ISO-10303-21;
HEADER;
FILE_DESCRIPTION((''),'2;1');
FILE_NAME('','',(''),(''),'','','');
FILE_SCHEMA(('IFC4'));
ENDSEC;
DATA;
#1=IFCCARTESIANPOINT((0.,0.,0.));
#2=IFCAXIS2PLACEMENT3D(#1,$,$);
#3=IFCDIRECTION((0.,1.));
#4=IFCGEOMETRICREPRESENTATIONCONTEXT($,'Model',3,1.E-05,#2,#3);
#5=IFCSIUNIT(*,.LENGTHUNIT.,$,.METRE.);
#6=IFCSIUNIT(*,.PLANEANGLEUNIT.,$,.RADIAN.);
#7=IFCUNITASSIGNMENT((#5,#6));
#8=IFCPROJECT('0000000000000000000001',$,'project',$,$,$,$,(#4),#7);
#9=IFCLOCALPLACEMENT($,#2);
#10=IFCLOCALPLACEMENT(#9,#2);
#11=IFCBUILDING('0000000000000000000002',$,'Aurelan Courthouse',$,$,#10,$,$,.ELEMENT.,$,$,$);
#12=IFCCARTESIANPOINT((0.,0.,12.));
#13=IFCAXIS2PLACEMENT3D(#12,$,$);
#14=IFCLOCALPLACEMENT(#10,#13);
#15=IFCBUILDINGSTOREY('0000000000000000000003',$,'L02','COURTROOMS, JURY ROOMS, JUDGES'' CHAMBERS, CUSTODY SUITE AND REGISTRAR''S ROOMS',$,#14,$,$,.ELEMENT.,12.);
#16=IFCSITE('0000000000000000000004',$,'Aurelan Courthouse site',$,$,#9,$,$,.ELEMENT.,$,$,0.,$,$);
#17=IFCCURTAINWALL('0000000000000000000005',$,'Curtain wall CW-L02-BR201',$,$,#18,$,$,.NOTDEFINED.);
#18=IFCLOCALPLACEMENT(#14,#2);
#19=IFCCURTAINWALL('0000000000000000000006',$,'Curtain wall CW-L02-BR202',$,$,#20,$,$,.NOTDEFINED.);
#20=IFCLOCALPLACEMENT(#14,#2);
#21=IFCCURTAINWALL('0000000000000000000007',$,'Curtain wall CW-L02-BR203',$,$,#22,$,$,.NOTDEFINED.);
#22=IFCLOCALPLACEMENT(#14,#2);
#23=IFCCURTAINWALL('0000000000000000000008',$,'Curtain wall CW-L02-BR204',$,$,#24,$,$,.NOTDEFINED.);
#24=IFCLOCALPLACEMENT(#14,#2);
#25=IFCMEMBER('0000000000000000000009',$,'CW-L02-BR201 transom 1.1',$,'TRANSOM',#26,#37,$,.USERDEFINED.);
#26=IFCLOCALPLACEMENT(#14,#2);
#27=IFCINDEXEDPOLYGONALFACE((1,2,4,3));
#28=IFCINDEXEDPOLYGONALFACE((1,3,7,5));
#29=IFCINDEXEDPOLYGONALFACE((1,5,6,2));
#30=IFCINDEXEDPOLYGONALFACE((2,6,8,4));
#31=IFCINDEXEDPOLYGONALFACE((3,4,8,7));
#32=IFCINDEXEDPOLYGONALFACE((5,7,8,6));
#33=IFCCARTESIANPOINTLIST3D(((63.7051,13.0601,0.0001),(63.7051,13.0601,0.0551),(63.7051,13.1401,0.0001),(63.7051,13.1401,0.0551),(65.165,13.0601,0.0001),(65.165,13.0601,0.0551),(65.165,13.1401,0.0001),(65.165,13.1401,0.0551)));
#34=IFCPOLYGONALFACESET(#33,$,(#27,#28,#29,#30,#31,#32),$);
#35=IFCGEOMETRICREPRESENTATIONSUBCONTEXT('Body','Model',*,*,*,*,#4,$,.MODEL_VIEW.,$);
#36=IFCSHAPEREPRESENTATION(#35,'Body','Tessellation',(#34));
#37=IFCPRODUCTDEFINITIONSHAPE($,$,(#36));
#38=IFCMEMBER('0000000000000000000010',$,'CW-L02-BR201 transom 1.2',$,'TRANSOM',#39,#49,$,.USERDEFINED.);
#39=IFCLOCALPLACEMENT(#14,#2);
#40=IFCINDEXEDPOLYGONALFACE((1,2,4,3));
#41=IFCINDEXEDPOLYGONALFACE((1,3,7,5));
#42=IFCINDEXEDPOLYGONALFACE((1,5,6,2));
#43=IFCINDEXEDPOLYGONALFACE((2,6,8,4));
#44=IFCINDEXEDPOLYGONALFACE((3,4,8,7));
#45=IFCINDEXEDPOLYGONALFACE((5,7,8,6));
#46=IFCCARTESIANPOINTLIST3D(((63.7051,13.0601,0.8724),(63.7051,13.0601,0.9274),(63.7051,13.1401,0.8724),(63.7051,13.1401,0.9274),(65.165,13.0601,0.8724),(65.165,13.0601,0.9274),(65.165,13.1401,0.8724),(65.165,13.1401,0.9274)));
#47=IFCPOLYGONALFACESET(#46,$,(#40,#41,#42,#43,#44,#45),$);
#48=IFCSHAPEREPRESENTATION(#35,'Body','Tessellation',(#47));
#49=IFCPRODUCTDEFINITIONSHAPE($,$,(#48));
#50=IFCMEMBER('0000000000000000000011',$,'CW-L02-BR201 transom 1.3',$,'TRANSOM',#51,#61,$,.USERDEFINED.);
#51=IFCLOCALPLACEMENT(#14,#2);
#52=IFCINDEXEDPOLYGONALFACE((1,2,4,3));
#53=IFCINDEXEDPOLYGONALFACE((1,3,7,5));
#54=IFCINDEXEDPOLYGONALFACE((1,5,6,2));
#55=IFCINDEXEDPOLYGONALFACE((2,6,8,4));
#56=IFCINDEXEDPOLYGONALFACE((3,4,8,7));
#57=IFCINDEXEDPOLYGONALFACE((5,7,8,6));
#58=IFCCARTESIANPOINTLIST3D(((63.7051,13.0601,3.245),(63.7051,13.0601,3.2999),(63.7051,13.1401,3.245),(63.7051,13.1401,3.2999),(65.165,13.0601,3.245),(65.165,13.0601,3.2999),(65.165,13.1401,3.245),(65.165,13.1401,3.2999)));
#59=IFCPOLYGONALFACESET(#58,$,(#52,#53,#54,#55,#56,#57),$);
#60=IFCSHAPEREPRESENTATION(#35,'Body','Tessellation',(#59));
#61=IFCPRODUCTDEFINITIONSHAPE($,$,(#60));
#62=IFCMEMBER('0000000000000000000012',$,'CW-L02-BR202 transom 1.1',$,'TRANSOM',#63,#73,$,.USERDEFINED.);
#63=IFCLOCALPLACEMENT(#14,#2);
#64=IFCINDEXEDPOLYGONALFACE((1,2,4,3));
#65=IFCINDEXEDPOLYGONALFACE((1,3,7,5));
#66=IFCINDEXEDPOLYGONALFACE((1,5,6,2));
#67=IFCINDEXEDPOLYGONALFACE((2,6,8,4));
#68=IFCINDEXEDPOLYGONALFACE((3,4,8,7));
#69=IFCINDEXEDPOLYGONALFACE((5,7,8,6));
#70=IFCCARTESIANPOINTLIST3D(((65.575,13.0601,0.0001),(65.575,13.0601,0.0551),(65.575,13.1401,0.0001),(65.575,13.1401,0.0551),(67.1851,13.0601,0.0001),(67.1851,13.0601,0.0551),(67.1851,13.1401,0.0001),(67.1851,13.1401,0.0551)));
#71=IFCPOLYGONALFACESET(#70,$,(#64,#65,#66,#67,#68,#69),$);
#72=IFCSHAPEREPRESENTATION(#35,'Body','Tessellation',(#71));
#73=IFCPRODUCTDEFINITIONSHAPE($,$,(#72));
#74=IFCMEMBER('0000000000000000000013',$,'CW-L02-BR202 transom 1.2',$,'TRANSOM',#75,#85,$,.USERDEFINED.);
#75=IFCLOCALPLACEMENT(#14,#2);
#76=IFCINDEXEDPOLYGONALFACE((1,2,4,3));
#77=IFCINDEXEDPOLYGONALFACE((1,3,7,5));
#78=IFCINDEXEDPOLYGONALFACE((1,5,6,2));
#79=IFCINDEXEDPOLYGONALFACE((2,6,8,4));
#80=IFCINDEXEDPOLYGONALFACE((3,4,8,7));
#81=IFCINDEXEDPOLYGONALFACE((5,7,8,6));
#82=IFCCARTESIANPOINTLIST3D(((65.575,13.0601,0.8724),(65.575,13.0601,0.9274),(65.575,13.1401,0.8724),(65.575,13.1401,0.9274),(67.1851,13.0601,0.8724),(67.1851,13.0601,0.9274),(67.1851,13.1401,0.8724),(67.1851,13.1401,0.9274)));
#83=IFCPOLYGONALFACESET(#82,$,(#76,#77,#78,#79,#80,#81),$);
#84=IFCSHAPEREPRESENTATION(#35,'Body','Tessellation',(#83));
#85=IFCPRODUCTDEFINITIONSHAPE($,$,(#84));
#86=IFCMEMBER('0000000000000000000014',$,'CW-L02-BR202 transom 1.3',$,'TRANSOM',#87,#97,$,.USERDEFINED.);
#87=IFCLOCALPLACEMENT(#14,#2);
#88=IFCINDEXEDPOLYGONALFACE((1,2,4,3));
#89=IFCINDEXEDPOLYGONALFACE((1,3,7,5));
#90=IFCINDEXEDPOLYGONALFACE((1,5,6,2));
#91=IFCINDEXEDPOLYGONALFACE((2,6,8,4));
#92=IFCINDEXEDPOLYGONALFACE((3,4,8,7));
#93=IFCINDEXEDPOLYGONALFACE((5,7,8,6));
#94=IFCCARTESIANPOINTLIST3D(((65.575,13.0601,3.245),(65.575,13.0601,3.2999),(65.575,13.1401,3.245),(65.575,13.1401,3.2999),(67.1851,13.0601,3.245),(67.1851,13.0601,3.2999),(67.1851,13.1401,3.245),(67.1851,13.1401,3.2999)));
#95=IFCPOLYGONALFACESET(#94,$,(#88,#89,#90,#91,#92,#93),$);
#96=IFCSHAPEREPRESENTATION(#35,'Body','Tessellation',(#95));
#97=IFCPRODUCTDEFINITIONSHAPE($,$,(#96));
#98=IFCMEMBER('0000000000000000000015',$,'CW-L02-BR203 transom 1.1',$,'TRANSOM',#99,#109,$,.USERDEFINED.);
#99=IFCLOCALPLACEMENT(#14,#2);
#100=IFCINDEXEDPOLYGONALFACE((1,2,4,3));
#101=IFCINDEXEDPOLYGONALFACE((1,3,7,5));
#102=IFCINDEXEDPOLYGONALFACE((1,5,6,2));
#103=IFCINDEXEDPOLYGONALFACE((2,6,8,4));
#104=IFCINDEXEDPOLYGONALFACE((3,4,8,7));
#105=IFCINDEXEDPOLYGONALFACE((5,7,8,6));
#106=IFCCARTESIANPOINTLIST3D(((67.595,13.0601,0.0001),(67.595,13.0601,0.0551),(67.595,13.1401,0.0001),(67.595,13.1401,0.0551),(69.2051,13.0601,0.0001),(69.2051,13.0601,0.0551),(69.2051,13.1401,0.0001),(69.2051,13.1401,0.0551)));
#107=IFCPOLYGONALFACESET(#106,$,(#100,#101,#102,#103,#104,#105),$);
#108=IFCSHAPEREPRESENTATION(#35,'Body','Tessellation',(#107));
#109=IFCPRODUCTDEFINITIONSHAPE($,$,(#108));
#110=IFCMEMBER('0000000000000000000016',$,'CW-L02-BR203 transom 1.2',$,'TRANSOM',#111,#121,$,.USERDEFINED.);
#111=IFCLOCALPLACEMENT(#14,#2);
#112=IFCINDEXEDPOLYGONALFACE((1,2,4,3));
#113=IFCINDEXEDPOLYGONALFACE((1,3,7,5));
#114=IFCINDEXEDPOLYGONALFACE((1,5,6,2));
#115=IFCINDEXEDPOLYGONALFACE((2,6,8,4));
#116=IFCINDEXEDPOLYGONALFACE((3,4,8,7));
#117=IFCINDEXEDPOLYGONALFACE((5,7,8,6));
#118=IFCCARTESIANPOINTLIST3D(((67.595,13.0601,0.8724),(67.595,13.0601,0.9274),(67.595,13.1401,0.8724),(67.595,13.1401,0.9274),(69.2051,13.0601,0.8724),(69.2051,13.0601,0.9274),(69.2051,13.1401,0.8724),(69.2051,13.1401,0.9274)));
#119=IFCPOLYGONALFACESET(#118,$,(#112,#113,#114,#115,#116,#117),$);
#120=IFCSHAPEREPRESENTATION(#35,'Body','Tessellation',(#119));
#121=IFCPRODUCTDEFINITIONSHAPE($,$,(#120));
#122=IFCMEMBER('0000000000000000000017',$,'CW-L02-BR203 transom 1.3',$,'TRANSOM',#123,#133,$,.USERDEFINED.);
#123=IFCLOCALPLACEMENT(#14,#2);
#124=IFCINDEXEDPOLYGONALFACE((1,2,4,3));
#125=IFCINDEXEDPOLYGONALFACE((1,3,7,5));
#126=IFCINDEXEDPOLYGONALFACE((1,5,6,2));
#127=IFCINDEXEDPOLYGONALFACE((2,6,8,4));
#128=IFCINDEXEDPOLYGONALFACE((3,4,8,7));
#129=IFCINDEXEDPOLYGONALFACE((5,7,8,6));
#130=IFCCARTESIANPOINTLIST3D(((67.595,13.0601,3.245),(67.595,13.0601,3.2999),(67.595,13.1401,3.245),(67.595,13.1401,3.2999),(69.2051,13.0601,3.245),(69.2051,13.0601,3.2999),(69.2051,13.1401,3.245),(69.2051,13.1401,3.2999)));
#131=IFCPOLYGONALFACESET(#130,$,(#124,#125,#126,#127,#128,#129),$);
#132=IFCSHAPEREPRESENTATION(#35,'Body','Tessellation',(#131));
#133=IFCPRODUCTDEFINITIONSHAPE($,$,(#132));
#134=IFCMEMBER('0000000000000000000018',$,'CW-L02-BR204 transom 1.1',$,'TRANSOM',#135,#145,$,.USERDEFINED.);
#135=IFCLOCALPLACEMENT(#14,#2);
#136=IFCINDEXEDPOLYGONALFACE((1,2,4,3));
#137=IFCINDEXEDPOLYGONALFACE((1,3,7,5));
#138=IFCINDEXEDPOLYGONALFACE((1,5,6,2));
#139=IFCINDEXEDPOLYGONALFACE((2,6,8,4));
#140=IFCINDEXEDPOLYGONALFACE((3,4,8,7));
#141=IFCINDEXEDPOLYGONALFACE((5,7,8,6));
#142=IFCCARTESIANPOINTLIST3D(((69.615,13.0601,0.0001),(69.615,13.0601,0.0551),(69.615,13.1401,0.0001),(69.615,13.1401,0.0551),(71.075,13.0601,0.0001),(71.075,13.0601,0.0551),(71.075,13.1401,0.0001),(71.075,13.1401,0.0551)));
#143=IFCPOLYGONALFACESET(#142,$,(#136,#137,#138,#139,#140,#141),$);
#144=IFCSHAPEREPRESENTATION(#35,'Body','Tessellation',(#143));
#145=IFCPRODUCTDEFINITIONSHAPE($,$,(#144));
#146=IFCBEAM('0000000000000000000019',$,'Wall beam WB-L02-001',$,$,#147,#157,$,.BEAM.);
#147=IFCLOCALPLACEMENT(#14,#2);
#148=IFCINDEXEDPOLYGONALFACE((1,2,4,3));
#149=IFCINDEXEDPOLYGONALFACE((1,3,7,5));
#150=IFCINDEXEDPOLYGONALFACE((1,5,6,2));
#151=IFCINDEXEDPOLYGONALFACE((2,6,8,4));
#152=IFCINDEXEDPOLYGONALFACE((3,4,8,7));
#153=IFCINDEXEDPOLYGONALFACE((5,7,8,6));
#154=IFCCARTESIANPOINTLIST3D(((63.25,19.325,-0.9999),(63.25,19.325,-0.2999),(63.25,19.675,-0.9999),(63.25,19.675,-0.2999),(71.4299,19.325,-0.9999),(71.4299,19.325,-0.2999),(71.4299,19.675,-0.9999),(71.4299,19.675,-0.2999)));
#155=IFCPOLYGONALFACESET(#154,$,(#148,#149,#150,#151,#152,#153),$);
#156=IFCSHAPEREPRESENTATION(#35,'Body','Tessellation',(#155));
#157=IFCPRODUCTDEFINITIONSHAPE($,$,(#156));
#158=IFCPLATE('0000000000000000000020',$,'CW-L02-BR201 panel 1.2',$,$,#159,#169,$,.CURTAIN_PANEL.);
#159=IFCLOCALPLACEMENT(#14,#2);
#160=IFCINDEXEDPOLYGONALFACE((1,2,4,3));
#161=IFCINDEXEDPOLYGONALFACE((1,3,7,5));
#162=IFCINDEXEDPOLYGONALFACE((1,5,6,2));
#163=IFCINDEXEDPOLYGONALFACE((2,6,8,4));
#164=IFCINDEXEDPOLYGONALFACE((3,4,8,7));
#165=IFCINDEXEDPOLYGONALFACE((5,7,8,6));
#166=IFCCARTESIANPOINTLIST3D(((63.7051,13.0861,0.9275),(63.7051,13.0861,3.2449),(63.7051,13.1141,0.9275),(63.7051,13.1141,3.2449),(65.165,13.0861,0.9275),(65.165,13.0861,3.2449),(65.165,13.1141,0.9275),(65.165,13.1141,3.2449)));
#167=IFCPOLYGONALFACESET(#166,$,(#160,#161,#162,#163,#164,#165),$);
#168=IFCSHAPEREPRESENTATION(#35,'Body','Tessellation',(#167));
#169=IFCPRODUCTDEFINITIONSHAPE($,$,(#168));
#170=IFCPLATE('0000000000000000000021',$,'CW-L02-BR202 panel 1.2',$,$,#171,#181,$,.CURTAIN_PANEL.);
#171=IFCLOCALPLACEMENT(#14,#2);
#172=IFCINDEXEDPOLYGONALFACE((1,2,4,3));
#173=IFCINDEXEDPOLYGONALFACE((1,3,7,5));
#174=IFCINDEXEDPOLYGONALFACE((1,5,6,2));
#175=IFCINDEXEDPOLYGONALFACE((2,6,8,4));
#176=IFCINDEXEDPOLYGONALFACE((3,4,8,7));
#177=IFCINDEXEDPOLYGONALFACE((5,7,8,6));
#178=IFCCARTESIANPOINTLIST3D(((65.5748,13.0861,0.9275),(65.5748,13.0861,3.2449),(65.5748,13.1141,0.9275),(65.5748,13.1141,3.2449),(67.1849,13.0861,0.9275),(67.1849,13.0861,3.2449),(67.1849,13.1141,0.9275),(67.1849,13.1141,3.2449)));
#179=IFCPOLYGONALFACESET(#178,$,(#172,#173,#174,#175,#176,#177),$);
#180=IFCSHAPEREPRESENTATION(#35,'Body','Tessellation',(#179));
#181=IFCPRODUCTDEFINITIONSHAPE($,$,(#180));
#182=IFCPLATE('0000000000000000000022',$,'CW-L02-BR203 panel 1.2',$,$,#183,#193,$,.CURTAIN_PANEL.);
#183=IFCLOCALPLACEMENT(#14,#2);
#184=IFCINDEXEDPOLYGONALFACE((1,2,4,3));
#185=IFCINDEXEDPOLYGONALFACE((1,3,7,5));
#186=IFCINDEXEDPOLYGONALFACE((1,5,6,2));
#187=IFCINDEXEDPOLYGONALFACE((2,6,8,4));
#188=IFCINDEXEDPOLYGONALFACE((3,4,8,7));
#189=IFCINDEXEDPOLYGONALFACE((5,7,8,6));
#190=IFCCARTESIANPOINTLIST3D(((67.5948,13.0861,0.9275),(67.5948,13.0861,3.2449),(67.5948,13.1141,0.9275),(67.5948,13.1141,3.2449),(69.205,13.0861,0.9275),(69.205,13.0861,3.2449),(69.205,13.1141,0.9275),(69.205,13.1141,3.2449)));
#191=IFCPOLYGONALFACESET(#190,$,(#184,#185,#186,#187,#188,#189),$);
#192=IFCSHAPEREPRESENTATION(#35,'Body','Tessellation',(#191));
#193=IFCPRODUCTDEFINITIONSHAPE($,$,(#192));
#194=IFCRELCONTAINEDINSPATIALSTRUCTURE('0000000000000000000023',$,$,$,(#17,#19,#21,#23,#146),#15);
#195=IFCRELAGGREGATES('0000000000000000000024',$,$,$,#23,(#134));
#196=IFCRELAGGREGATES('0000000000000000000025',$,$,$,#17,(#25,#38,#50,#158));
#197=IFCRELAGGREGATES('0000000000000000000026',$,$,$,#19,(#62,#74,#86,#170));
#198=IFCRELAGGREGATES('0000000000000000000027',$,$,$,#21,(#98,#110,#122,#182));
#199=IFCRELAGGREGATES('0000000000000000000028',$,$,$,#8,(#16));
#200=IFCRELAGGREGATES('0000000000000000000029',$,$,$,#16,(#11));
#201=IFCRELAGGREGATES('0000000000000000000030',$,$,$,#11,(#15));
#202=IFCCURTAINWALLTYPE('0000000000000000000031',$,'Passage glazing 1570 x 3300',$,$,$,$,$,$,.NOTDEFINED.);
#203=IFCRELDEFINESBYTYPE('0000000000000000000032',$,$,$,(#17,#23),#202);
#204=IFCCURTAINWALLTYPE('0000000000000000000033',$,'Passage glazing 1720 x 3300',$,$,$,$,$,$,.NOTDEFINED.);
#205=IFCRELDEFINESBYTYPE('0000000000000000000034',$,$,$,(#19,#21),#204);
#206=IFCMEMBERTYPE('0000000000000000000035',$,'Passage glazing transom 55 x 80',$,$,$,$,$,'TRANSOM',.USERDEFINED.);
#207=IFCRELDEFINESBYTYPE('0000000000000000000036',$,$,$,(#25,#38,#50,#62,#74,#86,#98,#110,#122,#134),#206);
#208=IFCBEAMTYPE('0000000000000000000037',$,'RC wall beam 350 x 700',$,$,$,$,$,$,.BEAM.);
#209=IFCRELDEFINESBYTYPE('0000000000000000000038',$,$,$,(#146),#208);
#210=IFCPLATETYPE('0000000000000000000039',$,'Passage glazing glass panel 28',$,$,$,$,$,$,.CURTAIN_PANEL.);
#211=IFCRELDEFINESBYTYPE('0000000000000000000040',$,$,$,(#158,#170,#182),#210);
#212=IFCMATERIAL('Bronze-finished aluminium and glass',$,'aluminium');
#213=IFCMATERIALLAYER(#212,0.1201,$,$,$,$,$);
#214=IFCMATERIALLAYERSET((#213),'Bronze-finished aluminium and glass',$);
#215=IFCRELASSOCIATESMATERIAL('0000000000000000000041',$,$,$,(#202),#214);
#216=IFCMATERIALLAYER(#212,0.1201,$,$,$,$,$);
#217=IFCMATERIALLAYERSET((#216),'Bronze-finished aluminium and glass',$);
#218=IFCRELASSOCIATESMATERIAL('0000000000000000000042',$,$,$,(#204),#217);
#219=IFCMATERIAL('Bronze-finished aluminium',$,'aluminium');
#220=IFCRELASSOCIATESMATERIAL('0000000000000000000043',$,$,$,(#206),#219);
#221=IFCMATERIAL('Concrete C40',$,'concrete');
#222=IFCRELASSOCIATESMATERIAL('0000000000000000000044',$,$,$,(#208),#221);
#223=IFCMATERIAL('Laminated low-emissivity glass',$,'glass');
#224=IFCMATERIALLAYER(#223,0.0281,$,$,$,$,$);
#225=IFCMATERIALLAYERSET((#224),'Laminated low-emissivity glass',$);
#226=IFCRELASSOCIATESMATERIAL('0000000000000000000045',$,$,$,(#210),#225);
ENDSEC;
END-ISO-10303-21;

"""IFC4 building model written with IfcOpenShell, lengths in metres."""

from ifc_helpers import new_model, si_unit, direction, frame, origin, origin_2d, place, context, subcontext, project, spatial, rectangle, extrude, material, layer, layer_set, material_profile, profile_set, type_object, element, aggregate, save


model = new_model("IFC4")

# Units and contexts
model_context = context("Model", 3, precision=1e-05, world=origin(), true_north=direction((0.0, 1.0)))
body_context = subcontext(model_context, "Body", "Model", "MODEL_VIEW")
ifc_project = project(units=[si_unit("LENGTHUNIT", "METRE"), si_unit("PLANEANGLEUNIT", "RADIAN")], contexts=[model_context])

# Site, building, storey
site_placement = place(None, origin())
site = spatial("IfcSite", under=ifc_project, at=site_placement, Name="Aurelan Courthouse site", CompositionType="ELEMENT", RefElevation=0.0)
building_placement = place(site_placement, origin())
building = spatial("IfcBuilding", under=site, at=building_placement, Name="Aurelan Courthouse", CompositionType="ELEMENT")
storey_placement = place(building_placement, frame((0.0, 0.0, 12.0)))
storey = spatial("IfcBuildingStorey", under=building, at=storey_placement, Name="L02", Description="COURTROOMS, JURY ROOMS, JUDGES' CHAMBERS, CUSTODY SUITE AND REGISTRAR'S ROOMS", CompositionType="ELEMENT", Elevation=12.0)

# Curtain walls
ifc_material_1 = material(Name="Bronze-finished aluminium and glass", Category="aluminium")
ifc_layer_1 = layer(ifc_material_1, 0.1201)
ifc_layer_set_1 = layer_set([ifc_layer_1], Name="Bronze-finished aluminium and glass")
curtain_wall_type_1 = type_object("IfcCurtainWallType", Name="Passage glazing 1570 x 3300", PredefinedType="NOTDEFINED", material=ifc_layer_set_1)
curtain_wall_1_placement = place(storey_placement, origin())
curtain_wall_1 = element("IfcCurtainWall", 1, at=curtain_wall_1_placement, inside=storey, type_object=curtain_wall_type_1, Name="Curtain wall CW-L02-BR201", PredefinedType="NOTDEFINED")
ifc_material_2 = material(Name="Bronze-finished aluminium", Category="aluminium")
ifc_layer_2 = layer(ifc_material_1, 0.1201)
ifc_layer_set_2 = layer_set([ifc_layer_2], Name="Bronze-finished aluminium and glass")
curtain_wall_type_2 = type_object("IfcCurtainWallType", Name="Passage glazing 1720 x 3300", PredefinedType="NOTDEFINED", material=ifc_layer_set_2)
curtain_wall_2_placement = place(storey_placement, origin())
curtain_wall_2 = element("IfcCurtainWall", 2, at=curtain_wall_2_placement, inside=storey, type_object=curtain_wall_type_2, Name="Curtain wall CW-L02-BR202", PredefinedType="NOTDEFINED")
curtain_wall_3_placement = place(storey_placement, origin())
curtain_wall_3 = element("IfcCurtainWall", 3, at=curtain_wall_3_placement, inside=storey, type_object=curtain_wall_type_2, Name="Curtain wall CW-L02-BR203", PredefinedType="NOTDEFINED")

# Curtain wall
curtain_wall_4_placement = place(storey_placement, origin())
curtain_wall_4 = element("IfcCurtainWall", 4, at=curtain_wall_4_placement, inside=storey, type_object=curtain_wall_type_1, Name="Curtain wall CW-L02-BR204", PredefinedType="NOTDEFINED")

# Members
ifc_material_profile_1 = material_profile(ifc_material_2, rectangle(XDim=0.0801, YDim=0.0549, at=origin_2d()), Name="Passage glazing transom 55 x 80")
ifc_profile_set_1 = profile_set([ifc_material_profile_1], Name="Bronze-finished aluminium")
member_type_1 = type_object("IfcMemberType", Name="Passage glazing transom 55 x 80", ElementType="TRANSOM", PredefinedType="USERDEFINED", material=ifc_profile_set_1)
member_1_placement = place(storey_placement, frame((63.7051, 13.1001, 0.0276), z_axis=(1.0, 0.0, 0.0), x_axis=(0.0, 1.0, 0.0)))
member_1 = element("IfcMember", 5, at=member_1_placement, type_object=member_type_1, Name="CW-L02-BR201 transom 1.1", ObjectType="TRANSOM", PredefinedType="USERDEFINED", context=body_context, shape_type="SweptSolid", body=[
    extrude(rectangle(XDim=0.0801, YDim=0.0549, at=origin_2d()), origin(), (0.0, 0.0, 1.0), 1.46),
])
member_2_placement = place(storey_placement, frame((63.7051, 13.1001, 0.8999), z_axis=(1.0, 0.0, 0.0), x_axis=(0.0, 1.0, 0.0)))
member_2 = element("IfcMember", 6, at=member_2_placement, type_object=member_type_1, Name="CW-L02-BR201 transom 1.2", ObjectType="TRANSOM", PredefinedType="USERDEFINED", context=body_context, shape_type="SweptSolid", body=[
    extrude(rectangle(XDim=0.0801, YDim=0.0549, at=origin_2d()), origin(), (0.0, 0.0, 1.0), 1.46),
])
member_3_placement = place(storey_placement, frame((63.7051, 13.1001, 3.2725), z_axis=(1.0, 0.0, 0.0), x_axis=(0.0, 1.0, 0.0)))
member_3 = element("IfcMember", 7, at=member_3_placement, type_object=member_type_1, Name="CW-L02-BR201 transom 1.3", ObjectType="TRANSOM", PredefinedType="USERDEFINED", context=body_context, shape_type="SweptSolid", body=[
    extrude(rectangle(XDim=0.0801, YDim=0.0549, at=origin_2d()), origin(), (0.0, 0.0, 1.0), 1.46),
])
member_4_placement = place(storey_placement, frame((65.575, 13.1001, 0.0276), z_axis=(1.0, 0.0, 0.0), x_axis=(0.0, 1.0, 0.0)))
member_4 = element("IfcMember", 8, at=member_4_placement, type_object=member_type_1, Name="CW-L02-BR202 transom 1.1", ObjectType="TRANSOM", PredefinedType="USERDEFINED", context=body_context, shape_type="SweptSolid", body=[
    extrude(rectangle(XDim=0.0801, YDim=0.0549, at=origin_2d()), origin(), (0.0, 0.0, 1.0), 1.6101),
])
member_5_placement = place(storey_placement, frame((65.575, 13.1001, 0.8999), z_axis=(1.0, 0.0, 0.0), x_axis=(0.0, 1.0, 0.0)))
member_5 = element("IfcMember", 9, at=member_5_placement, type_object=member_type_1, Name="CW-L02-BR202 transom 1.2", ObjectType="TRANSOM", PredefinedType="USERDEFINED", context=body_context, shape_type="SweptSolid", body=[
    extrude(rectangle(XDim=0.0801, YDim=0.0549, at=origin_2d()), origin(), (0.0, 0.0, 1.0), 1.6101),
])
member_6_placement = place(storey_placement, frame((65.575, 13.1001, 3.2725), z_axis=(1.0, 0.0, 0.0), x_axis=(0.0, 1.0, 0.0)))
member_6 = element("IfcMember", 10, at=member_6_placement, type_object=member_type_1, Name="CW-L02-BR202 transom 1.3", ObjectType="TRANSOM", PredefinedType="USERDEFINED", context=body_context, shape_type="SweptSolid", body=[
    extrude(rectangle(XDim=0.0801, YDim=0.0549, at=origin_2d()), origin(), (0.0, 0.0, 1.0), 1.6101),
])
member_7_placement = place(storey_placement, frame((67.595, 13.1001, 0.0276), z_axis=(1.0, 0.0, 0.0), x_axis=(0.0, 1.0, 0.0)))
member_7 = element("IfcMember", 11, at=member_7_placement, type_object=member_type_1, Name="CW-L02-BR203 transom 1.1", ObjectType="TRANSOM", PredefinedType="USERDEFINED", context=body_context, shape_type="SweptSolid", body=[
    extrude(rectangle(XDim=0.0801, YDim=0.0549, at=origin_2d()), origin(), (0.0, 0.0, 1.0), 1.6101),
])
member_8_placement = place(storey_placement, frame((67.595, 13.1001, 0.8999), z_axis=(1.0, 0.0, 0.0), x_axis=(0.0, 1.0, 0.0)))
member_8 = element("IfcMember", 12, at=member_8_placement, type_object=member_type_1, Name="CW-L02-BR203 transom 1.2", ObjectType="TRANSOM", PredefinedType="USERDEFINED", context=body_context, shape_type="SweptSolid", body=[
    extrude(rectangle(XDim=0.0801, YDim=0.0549, at=origin_2d()), origin(), (0.0, 0.0, 1.0), 1.6101),
])
member_9_placement = place(storey_placement, frame((67.595, 13.1001, 3.2725), z_axis=(1.0, 0.0, 0.0), x_axis=(0.0, 1.0, 0.0)))
member_9 = element("IfcMember", 13, at=member_9_placement, type_object=member_type_1, Name="CW-L02-BR203 transom 1.3", ObjectType="TRANSOM", PredefinedType="USERDEFINED", context=body_context, shape_type="SweptSolid", body=[
    extrude(rectangle(XDim=0.0801, YDim=0.0549, at=origin_2d()), origin(), (0.0, 0.0, 1.0), 1.6101),
])
member_10_placement = place(storey_placement, frame((69.615, 13.1001, 0.0276), z_axis=(1.0, 0.0, 0.0), x_axis=(0.0, 1.0, 0.0)))
member_10 = element("IfcMember", 14, at=member_10_placement, type_object=member_type_1, Name="CW-L02-BR204 transom 1.1", ObjectType="TRANSOM", PredefinedType="USERDEFINED", context=body_context, shape_type="SweptSolid", body=[
    extrude(rectangle(XDim=0.0801, YDim=0.0549, at=origin_2d()), origin(), (0.0, 0.0, 1.0), 1.46),
])
aggregate(curtain_wall_4, [member_10])

# Beam
ifc_material_3 = material(Name="Concrete C40", Category="concrete")
ifc_material_profile_2 = material_profile(ifc_material_3, rectangle(XDim=0.3501, YDim=0.7, at=origin_2d()), Name="RC 350 x 700")
ifc_profile_set_2 = profile_set([ifc_material_profile_2], Name="Concrete C40")
beam_type_1 = type_object("IfcBeamType", Name="RC wall beam 350 x 700", PredefinedType="BEAM", material=ifc_profile_set_2)
beam_1_placement = place(storey_placement, frame((63.25, 19.5, -0.6499), z_axis=(1.0, 0.0, 0.0), x_axis=(0.0, 1.0, 0.0)))
element("IfcBeam", 15, at=beam_1_placement, inside=storey, type_object=beam_type_1, Name="Wall beam WB-L02-001", PredefinedType="BEAM", context=body_context, shape_type="SweptSolid", body=[
    extrude(rectangle(XDim=0.3501, YDim=0.7, at=origin_2d()), origin(), (0.0, 0.0, 1.0), 8.1799),
])

# Plates
ifc_material_4 = material(Name="Laminated low-emissivity glass", Category="glass")
ifc_layer_3 = layer(ifc_material_4, 0.0281)
ifc_layer_set_3 = layer_set([ifc_layer_3], Name="Laminated low-emissivity glass")
plate_type_1 = type_object("IfcPlateType", Name="Passage glazing glass panel 28", PredefinedType="CURTAIN_PANEL", material=ifc_layer_set_3)
plate_1_placement = place(storey_placement, frame((64.4351, 13.1001, 0.9275), z_axis=(0.0, 0.0, 1.0), x_axis=(1.0, 0.0, 0.0)))
plate_1 = element("IfcPlate", 16, at=plate_1_placement, type_object=plate_type_1, Name="CW-L02-BR201 panel 1.2", PredefinedType="CURTAIN_PANEL", context=body_context, shape_type="SweptSolid", body=[
    extrude(rectangle(XDim=1.46, YDim=0.0281, at=origin_2d()), origin(), (0.0, 0.0, 1.0), 2.3174),
])
plate_2_placement = place(storey_placement, frame((66.3799, 13.1001, 0.9275), z_axis=(0.0, 0.0, 1.0), x_axis=(1.0, 0.0, 0.0)))
plate_2 = element("IfcPlate", 17, at=plate_2_placement, type_object=plate_type_1, Name="CW-L02-BR202 panel 1.2", PredefinedType="CURTAIN_PANEL", context=body_context, shape_type="SweptSolid", body=[
    extrude(rectangle(XDim=1.6101, YDim=0.0281, at=origin_2d()), origin(), (0.0, 0.0, 1.0), 2.3174),
])
plate_3_placement = place(storey_placement, frame((68.3999, 13.1001, 0.9275), z_axis=(0.0, 0.0, 1.0), x_axis=(1.0, 0.0, 0.0)))
plate_3 = element("IfcPlate", 18, at=plate_3_placement, type_object=plate_type_1, Name="CW-L02-BR203 panel 1.2", PredefinedType="CURTAIN_PANEL", context=body_context, shape_type="SweptSolid", body=[
    extrude(rectangle(XDim=1.6101, YDim=0.0281, at=origin_2d()), origin(), (0.0, 0.0, 1.0), 2.3174),
])
aggregate(curtain_wall_1, [member_1, member_2, member_3, plate_1])
aggregate(curtain_wall_2, [member_4, member_5, member_6, plate_2])
aggregate(curtain_wall_3, [member_7, member_8, member_9, plate_3])

save(model, "model.ifc")
